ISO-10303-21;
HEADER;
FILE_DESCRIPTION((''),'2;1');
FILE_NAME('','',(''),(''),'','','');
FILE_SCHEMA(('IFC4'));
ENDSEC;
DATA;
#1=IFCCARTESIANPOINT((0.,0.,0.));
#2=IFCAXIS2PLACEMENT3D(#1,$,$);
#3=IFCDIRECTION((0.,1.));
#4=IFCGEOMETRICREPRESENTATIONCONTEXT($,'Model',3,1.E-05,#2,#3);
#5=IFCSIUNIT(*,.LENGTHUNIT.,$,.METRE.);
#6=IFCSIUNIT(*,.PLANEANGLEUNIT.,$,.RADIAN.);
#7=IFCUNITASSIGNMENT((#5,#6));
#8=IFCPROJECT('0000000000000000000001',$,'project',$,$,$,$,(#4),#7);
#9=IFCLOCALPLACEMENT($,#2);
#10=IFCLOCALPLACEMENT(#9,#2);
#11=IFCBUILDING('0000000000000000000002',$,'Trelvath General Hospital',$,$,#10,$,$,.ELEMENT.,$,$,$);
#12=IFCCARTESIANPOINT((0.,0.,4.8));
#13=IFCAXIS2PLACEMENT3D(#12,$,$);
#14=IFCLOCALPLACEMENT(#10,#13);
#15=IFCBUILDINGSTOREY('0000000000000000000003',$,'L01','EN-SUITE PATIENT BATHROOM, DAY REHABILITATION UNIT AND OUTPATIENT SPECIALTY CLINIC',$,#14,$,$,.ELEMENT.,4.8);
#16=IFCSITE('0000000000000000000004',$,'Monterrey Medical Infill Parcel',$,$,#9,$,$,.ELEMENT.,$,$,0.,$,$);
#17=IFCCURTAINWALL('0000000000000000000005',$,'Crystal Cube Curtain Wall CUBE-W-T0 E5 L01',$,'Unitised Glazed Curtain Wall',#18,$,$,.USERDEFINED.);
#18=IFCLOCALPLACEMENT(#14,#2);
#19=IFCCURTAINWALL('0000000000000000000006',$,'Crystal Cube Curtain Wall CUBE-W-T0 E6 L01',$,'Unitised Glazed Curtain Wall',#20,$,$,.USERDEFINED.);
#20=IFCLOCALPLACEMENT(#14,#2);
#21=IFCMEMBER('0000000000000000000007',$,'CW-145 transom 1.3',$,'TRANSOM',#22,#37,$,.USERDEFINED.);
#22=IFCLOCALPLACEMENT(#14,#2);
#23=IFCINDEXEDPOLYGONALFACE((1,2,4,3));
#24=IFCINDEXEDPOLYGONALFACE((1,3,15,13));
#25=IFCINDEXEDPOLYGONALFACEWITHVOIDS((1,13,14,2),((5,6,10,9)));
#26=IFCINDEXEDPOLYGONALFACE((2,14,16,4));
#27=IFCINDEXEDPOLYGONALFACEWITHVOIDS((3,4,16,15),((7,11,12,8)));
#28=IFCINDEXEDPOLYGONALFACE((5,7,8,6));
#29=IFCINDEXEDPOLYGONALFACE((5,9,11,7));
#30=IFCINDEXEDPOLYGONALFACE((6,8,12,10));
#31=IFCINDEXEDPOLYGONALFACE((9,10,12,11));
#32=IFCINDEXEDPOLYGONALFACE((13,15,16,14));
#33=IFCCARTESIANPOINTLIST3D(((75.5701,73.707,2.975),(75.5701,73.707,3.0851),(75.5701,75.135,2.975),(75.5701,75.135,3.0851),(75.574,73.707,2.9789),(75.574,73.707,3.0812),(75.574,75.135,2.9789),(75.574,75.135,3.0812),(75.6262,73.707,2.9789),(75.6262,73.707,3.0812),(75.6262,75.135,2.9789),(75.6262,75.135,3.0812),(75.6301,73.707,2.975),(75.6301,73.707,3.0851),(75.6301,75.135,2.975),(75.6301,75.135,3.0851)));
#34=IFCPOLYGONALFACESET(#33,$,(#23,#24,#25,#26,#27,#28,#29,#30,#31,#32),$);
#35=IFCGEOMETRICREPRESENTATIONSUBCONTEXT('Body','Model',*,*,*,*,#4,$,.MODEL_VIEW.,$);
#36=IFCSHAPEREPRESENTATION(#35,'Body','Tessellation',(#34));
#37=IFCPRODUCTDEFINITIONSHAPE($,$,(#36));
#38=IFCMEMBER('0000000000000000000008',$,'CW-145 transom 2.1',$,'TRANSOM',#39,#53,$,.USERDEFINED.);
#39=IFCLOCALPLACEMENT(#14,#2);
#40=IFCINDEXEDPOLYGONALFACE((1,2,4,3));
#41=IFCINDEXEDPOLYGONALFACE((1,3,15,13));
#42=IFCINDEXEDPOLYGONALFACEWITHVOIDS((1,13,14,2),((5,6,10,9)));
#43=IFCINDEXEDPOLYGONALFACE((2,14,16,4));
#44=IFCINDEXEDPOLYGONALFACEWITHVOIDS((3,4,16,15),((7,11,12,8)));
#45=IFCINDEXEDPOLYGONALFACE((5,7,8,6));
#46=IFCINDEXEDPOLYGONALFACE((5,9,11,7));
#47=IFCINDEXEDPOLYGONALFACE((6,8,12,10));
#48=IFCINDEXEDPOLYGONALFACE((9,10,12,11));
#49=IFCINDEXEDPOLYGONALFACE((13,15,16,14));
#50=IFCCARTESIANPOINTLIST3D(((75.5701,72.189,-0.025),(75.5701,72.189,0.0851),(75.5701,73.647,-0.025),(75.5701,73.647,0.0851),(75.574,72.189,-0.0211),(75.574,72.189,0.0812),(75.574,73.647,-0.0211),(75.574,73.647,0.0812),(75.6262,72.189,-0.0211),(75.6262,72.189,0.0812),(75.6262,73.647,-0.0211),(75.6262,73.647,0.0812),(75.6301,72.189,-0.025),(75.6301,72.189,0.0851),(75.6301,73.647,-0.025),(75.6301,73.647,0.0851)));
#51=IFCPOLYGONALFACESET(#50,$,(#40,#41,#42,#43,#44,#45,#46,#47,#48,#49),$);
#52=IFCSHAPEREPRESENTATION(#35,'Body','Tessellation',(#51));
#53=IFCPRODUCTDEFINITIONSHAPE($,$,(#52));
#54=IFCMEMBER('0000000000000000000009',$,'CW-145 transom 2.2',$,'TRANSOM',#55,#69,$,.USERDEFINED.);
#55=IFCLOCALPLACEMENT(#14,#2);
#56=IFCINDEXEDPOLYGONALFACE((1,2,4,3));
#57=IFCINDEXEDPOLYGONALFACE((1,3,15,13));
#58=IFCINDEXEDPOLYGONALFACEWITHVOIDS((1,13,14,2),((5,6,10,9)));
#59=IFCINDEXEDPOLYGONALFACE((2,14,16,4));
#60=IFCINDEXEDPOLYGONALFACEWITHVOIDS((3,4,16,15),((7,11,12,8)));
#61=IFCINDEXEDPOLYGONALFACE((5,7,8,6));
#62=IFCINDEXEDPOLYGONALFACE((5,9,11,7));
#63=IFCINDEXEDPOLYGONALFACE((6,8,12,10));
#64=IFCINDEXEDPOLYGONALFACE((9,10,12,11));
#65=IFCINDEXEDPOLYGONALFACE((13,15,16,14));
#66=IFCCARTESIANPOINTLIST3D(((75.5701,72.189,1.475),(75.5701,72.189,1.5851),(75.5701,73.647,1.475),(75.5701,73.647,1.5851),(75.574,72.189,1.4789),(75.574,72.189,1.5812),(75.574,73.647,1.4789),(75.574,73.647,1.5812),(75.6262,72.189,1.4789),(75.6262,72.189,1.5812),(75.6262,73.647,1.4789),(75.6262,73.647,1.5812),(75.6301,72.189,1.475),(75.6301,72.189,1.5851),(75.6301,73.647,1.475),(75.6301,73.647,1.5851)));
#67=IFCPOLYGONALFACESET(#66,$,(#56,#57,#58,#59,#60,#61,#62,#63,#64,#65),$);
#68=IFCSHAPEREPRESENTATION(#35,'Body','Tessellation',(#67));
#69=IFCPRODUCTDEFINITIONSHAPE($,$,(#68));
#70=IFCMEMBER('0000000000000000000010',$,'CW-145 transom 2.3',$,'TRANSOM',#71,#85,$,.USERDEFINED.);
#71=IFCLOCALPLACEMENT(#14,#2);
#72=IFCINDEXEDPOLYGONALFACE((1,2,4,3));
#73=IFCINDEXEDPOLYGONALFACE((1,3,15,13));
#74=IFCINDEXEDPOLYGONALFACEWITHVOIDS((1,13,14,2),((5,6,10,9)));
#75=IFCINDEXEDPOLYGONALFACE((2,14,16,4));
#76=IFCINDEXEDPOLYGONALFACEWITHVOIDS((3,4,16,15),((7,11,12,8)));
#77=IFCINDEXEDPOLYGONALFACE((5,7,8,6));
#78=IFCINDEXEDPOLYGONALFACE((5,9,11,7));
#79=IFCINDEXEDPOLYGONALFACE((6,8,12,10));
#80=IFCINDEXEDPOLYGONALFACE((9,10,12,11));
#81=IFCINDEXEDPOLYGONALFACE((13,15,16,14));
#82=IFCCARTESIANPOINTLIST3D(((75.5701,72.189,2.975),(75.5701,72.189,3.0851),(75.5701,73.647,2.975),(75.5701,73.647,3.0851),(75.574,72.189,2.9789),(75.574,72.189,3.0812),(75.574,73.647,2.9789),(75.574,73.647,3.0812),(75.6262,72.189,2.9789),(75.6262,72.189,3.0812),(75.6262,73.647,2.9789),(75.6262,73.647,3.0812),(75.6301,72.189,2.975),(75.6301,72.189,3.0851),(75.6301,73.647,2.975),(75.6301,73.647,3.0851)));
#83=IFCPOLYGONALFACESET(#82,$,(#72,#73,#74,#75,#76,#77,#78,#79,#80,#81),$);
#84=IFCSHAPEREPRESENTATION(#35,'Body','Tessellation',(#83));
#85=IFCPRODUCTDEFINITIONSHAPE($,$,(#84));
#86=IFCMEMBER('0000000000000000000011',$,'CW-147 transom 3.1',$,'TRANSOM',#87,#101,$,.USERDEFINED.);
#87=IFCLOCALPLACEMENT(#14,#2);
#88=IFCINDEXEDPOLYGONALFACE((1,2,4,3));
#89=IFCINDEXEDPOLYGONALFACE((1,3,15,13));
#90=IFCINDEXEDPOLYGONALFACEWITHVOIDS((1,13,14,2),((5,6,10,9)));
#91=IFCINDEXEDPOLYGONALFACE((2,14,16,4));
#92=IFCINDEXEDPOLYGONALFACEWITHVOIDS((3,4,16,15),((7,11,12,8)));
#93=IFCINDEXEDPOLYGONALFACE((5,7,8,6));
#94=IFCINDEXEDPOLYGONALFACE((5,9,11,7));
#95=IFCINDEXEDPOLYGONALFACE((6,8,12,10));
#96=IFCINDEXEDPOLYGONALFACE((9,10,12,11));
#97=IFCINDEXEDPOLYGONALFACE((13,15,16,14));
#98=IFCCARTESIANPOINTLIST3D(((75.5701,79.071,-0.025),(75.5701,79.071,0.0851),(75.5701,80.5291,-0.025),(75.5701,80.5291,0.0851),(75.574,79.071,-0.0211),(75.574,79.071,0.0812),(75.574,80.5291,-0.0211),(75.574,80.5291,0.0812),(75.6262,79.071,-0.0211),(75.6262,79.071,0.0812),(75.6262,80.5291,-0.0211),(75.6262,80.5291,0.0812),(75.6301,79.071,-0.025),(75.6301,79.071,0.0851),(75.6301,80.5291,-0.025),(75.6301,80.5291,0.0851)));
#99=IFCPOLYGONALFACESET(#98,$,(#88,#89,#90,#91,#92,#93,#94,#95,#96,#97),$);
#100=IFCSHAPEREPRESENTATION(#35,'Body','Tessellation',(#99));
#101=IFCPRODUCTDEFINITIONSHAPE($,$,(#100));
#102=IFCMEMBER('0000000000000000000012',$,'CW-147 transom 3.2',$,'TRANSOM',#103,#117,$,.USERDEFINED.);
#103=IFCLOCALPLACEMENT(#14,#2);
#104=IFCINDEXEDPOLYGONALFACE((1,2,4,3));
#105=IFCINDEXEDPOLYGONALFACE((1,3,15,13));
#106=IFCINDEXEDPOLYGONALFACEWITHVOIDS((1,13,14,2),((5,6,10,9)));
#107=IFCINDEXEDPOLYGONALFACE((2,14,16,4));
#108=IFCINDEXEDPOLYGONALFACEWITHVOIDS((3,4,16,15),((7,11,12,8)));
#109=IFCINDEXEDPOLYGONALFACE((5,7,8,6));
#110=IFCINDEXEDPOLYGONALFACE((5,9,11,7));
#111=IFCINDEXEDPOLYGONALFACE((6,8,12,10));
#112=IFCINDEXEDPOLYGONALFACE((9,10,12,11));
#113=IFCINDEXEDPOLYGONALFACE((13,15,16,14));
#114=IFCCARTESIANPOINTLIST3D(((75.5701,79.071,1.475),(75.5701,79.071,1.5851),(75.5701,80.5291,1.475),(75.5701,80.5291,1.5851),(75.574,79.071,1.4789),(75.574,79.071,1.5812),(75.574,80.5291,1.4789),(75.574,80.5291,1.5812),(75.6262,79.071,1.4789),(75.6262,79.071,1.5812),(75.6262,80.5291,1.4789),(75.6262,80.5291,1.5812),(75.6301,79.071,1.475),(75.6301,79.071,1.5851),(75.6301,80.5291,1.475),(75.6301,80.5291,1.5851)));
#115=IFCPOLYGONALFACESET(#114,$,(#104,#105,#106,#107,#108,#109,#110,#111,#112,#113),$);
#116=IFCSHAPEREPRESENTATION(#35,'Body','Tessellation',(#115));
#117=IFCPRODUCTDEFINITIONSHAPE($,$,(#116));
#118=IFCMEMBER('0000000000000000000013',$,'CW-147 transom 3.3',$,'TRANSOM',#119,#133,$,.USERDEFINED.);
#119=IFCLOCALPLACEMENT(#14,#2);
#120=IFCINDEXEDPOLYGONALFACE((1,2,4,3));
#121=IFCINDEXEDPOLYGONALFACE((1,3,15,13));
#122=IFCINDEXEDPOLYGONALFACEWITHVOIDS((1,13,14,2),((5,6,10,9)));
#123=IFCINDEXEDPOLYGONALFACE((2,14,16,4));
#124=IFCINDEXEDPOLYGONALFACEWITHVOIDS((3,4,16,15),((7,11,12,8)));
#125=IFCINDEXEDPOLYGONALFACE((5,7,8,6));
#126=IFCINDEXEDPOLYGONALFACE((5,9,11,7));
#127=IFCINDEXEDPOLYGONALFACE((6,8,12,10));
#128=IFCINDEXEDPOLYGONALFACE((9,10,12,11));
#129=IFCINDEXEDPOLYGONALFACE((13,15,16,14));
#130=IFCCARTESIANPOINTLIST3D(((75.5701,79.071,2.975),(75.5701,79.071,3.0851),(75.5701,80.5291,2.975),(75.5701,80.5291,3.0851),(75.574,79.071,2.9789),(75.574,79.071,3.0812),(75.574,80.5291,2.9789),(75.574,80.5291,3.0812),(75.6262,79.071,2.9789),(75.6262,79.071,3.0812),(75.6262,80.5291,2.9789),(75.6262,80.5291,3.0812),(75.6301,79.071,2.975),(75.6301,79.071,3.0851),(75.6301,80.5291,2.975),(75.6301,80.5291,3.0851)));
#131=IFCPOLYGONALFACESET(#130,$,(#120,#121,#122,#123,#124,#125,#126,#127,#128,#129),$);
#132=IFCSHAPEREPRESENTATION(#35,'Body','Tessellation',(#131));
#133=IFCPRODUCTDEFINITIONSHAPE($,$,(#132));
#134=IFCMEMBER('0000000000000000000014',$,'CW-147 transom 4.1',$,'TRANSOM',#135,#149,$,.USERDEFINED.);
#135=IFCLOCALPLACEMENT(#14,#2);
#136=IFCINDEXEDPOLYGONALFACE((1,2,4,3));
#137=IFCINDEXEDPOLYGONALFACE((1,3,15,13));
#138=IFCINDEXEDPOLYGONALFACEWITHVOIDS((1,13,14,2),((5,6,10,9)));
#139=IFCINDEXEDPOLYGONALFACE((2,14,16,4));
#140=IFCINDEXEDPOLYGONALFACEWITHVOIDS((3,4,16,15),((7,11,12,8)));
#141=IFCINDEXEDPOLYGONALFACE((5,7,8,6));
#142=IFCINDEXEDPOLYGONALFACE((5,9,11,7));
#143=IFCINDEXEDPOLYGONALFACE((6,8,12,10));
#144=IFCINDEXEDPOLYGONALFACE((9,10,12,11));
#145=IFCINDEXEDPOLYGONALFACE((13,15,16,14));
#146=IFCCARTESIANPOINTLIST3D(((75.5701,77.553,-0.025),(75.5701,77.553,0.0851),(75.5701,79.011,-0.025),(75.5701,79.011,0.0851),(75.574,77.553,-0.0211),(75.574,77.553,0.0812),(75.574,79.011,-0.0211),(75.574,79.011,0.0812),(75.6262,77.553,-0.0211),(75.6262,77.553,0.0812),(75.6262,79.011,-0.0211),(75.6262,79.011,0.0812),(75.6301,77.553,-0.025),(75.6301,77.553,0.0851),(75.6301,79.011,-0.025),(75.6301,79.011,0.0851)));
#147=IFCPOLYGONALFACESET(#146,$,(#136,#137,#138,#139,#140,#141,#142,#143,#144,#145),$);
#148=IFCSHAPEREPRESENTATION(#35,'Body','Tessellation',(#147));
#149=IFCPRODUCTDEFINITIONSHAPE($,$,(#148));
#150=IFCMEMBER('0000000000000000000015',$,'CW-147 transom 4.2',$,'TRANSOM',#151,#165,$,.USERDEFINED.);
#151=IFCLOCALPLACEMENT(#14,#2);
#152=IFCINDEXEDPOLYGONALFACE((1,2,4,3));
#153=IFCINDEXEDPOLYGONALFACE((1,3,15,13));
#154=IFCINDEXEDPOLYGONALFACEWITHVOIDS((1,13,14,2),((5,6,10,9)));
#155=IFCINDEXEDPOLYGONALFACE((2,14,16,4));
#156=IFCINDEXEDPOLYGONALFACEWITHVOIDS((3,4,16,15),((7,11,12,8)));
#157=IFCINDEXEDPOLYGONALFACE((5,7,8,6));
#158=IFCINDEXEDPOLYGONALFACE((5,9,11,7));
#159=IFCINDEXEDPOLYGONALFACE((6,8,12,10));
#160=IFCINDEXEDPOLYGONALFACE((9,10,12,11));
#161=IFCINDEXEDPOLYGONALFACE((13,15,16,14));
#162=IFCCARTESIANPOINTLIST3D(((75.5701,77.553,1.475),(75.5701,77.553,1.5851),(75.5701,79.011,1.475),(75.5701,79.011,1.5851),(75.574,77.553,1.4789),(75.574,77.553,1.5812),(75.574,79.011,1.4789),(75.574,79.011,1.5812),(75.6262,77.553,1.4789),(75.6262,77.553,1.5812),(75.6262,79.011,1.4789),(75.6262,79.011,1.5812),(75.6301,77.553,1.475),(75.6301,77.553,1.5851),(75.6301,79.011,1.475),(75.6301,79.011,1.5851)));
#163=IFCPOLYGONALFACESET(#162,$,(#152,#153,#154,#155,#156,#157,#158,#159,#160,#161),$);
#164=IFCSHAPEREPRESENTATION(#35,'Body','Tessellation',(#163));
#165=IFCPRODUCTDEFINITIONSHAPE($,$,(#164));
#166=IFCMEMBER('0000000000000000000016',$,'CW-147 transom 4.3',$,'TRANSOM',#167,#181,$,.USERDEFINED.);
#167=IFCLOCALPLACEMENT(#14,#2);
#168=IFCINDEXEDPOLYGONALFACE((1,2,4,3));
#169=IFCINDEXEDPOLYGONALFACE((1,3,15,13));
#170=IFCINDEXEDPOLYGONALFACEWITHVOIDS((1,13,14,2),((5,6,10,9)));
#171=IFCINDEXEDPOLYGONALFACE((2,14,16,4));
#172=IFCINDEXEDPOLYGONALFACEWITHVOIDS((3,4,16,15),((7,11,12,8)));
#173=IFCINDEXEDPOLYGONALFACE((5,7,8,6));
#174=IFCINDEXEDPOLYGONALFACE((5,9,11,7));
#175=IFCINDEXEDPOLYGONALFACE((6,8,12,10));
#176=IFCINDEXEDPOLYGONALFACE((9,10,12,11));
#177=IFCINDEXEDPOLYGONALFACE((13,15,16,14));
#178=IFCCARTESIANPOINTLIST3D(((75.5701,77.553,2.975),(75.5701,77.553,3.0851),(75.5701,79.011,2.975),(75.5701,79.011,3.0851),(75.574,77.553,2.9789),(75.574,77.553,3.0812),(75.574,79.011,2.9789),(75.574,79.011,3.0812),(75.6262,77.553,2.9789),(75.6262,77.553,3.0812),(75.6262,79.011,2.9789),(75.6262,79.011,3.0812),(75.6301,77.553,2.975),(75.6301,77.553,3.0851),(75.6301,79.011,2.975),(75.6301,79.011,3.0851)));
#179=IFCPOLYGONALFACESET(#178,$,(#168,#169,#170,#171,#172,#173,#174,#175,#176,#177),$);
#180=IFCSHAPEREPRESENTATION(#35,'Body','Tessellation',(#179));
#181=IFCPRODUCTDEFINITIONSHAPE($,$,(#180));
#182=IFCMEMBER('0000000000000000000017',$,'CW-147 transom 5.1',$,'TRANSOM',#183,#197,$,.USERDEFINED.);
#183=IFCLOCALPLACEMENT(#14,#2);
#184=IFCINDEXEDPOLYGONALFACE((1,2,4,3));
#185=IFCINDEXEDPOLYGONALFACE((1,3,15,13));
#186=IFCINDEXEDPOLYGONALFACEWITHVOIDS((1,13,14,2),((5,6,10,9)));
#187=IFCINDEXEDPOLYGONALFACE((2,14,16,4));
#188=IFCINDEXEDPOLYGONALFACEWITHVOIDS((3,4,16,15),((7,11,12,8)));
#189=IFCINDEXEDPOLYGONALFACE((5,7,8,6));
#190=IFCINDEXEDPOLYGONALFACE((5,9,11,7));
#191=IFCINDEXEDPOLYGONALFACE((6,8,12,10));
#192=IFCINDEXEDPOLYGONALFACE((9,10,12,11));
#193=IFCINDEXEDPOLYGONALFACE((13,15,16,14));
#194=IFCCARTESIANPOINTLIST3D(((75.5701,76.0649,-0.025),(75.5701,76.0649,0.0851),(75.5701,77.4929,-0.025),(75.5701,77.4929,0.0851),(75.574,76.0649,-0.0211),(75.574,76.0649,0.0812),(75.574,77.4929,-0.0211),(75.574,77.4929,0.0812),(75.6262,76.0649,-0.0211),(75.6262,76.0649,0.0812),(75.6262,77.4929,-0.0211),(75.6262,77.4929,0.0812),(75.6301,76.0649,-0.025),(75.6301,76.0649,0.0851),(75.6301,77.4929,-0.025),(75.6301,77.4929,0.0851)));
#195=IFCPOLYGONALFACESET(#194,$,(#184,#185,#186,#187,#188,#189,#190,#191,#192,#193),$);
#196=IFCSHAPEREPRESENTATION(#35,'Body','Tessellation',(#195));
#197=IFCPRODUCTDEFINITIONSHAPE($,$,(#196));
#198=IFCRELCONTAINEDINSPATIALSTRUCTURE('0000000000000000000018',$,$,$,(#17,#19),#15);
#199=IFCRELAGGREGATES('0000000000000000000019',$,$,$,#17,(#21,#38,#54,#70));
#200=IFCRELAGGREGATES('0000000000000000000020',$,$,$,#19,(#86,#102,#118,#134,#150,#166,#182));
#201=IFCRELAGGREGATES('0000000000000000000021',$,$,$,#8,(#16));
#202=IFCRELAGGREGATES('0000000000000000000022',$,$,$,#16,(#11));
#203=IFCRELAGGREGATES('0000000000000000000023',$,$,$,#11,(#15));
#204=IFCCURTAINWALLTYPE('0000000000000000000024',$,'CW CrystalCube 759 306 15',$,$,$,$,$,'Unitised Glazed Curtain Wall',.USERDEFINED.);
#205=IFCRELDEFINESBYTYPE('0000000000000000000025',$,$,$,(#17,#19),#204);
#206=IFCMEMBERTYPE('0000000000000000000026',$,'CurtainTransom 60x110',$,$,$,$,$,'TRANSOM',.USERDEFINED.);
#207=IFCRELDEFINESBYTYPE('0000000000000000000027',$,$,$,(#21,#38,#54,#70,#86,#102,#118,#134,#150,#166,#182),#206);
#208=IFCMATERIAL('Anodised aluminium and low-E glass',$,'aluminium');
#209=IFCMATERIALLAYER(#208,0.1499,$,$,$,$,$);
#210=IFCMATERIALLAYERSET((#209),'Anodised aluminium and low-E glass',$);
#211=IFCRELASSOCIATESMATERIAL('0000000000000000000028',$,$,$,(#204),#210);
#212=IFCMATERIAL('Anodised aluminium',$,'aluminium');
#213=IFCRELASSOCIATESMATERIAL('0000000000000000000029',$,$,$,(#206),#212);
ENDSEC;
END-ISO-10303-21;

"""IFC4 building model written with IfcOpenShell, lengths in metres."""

from ifc_helpers import new_model, si_unit, direction, frame, origin, origin_2d, place, context, subcontext, project, spatial, hollow_rectangle, extrude, material, layer, layer_set, material_profile, profile_set, type_object, element, aggregate, save


model = new_model("IFC4")

# Units and contexts
model_context = context("Model", 3, precision=1e-05, world=origin(), true_north=direction((0.0, 1.0)))
body_context = subcontext(model_context, "Body", "Model", "MODEL_VIEW")
ifc_project = project(units=[si_unit("LENGTHUNIT", "METRE"), si_unit("PLANEANGLEUNIT", "RADIAN")], contexts=[model_context])

# Site, building, storey
site_placement = place(None, origin())
site = spatial("IfcSite", under=ifc_project, at=site_placement, Name="Monterrey Medical Infill Parcel", CompositionType="ELEMENT", RefElevation=0.0)
building_placement = place(site_placement, origin())
building = spatial("IfcBuilding", under=site, at=building_placement, Name="Trelvath General Hospital", CompositionType="ELEMENT")
storey_placement = place(building_placement, frame((0.0, 0.0, 4.8)))
storey = spatial("IfcBuildingStorey", under=building, at=storey_placement, Name="L01", Description="EN-SUITE PATIENT BATHROOM, DAY REHABILITATION UNIT AND OUTPATIENT SPECIALTY CLINIC", CompositionType="ELEMENT", Elevation=4.8)

# Curtain walls
ifc_material_1 = material(Name="Anodised aluminium and low-E glass", Category="aluminium")
ifc_layer_1 = layer(ifc_material_1, 0.1499)
ifc_layer_set_1 = layer_set([ifc_layer_1], Name="Anodised aluminium and low-E glass")
curtain_wall_type = type_object("IfcCurtainWallType", Name="CW CrystalCube 759 306 15", ElementType="Unitised Glazed Curtain Wall", PredefinedType="USERDEFINED", material=ifc_layer_set_1)
curtain_wall_1_placement = place(storey_placement, origin())
curtain_wall_1 = element("IfcCurtainWall", 1, at=curtain_wall_1_placement, inside=storey, type_object=curtain_wall_type, Name="Crystal Cube Curtain Wall CUBE-W-T0 E5 L01", ObjectType="Unitised Glazed Curtain Wall", PredefinedType="USERDEFINED")
curtain_wall_2_placement = place(storey_placement, origin())
curtain_wall_2 = element("IfcCurtainWall", 2, at=curtain_wall_2_placement, inside=storey, type_object=curtain_wall_type, Name="Crystal Cube Curtain Wall CUBE-W-T0 E6 L01", ObjectType="Unitised Glazed Curtain Wall", PredefinedType="USERDEFINED")

# Members
ifc_material_2 = material(Name="Anodised aluminium", Category="aluminium")
ifc_material_profile_1 = material_profile(ifc_material_2, hollow_rectangle(XDim=0.0601, YDim=0.1101, WallThickness=0.0039, at=origin_2d()), Name="RHS60x110x4")
ifc_profile_set_1 = profile_set([ifc_material_profile_1], Name="Anodised aluminium")
member_type_1 = type_object("IfcMemberType", Name="CurtainTransom 60x110", ElementType="TRANSOM", PredefinedType="USERDEFINED", material=ifc_profile_set_1)
member_1_placement = place(storey_placement, frame((75.6001, 75.135, 3.03), z_axis=(0.0, -1.0, 0.0), x_axis=(1.0, 0.0, 0.0)))
member_1 = element("IfcMember", 3, at=member_1_placement, type_object=member_type_1, Name="CW-145 transom 1.3", ObjectType="TRANSOM", PredefinedType="USERDEFINED", context=body_context, shape_type="SweptSolid", body=[
    extrude(hollow_rectangle(XDim=0.0601, YDim=0.1101, WallThickness=0.0039, at=origin_2d()), origin(), (0.0, 0.0, 1.0), 1.428),
])
member_2_placement = place(storey_placement, frame((75.6001, 73.647, 0.03), z_axis=(0.0, -1.0, 0.0), x_axis=(1.0, 0.0, 0.0)))
member_2 = element("IfcMember", 4, at=member_2_placement, type_object=member_type_1, Name="CW-145 transom 2.1", ObjectType="TRANSOM", PredefinedType="USERDEFINED", context=body_context, shape_type="SweptSolid", body=[
    extrude(hollow_rectangle(XDim=0.0601, YDim=0.1101, WallThickness=0.0039, at=origin_2d()), origin(), (0.0, 0.0, 1.0), 1.458),
])
member_3_placement = place(storey_placement, frame((75.6001, 73.647, 1.53), z_axis=(0.0, -1.0, 0.0), x_axis=(1.0, 0.0, 0.0)))
member_3 = element("IfcMember", 5, at=member_3_placement, type_object=member_type_1, Name="CW-145 transom 2.2", ObjectType="TRANSOM", PredefinedType="USERDEFINED", context=body_context, shape_type="SweptSolid", body=[
    extrude(hollow_rectangle(XDim=0.0601, YDim=0.1101, WallThickness=0.0039, at=origin_2d()), origin(), (0.0, 0.0, 1.0), 1.458),
])
member_4_placement = place(storey_placement, frame((75.6001, 73.647, 3.03), z_axis=(0.0, -1.0, 0.0), x_axis=(1.0, 0.0, 0.0)))
member_4 = element("IfcMember", 6, at=member_4_placement, type_object=member_type_1, Name="CW-145 transom 2.3", ObjectType="TRANSOM", PredefinedType="USERDEFINED", context=body_context, shape_type="SweptSolid", body=[
    extrude(hollow_rectangle(XDim=0.0601, YDim=0.1101, WallThickness=0.0039, at=origin_2d()), origin(), (0.0, 0.0, 1.0), 1.458),
])
member_5_placement = place(storey_placement, frame((75.6001, 80.5291, 0.03), z_axis=(0.0, -1.0, 0.0), x_axis=(1.0, 0.0, 0.0)))
member_5 = element("IfcMember", 7, at=member_5_placement, type_object=member_type_1, Name="CW-147 transom 3.1", ObjectType="TRANSOM", PredefinedType="USERDEFINED", context=body_context, shape_type="SweptSolid", body=[
    extrude(hollow_rectangle(XDim=0.0601, YDim=0.1101, WallThickness=0.0039, at=origin_2d()), origin(), (0.0, 0.0, 1.0), 1.458),
])
member_6_placement = place(storey_placement, frame((75.6001, 80.5291, 1.53), z_axis=(0.0, -1.0, 0.0), x_axis=(1.0, 0.0, 0.0)))
member_6 = element("IfcMember", 8, at=member_6_placement, type_object=member_type_1, Name="CW-147 transom 3.2", ObjectType="TRANSOM", PredefinedType="USERDEFINED", context=body_context, shape_type="SweptSolid", body=[
    extrude(hollow_rectangle(XDim=0.0601, YDim=0.1101, WallThickness=0.0039, at=origin_2d()), origin(), (0.0, 0.0, 1.0), 1.458),
])
member_7_placement = place(storey_placement, frame((75.6001, 80.5291, 3.03), z_axis=(0.0, -1.0, 0.0), x_axis=(1.0, 0.0, 0.0)))
member_7 = element("IfcMember", 9, at=member_7_placement, type_object=member_type_1, Name="CW-147 transom 3.3", ObjectType="TRANSOM", PredefinedType="USERDEFINED", context=body_context, shape_type="SweptSolid", body=[
    extrude(hollow_rectangle(XDim=0.0601, YDim=0.1101, WallThickness=0.0039, at=origin_2d()), origin(), (0.0, 0.0, 1.0), 1.458),
])
member_8_placement = place(storey_placement, frame((75.6001, 79.011, 0.03), z_axis=(0.0, -1.0, 0.0), x_axis=(1.0, 0.0, 0.0)))
member_8 = element("IfcMember", 10, at=member_8_placement, type_object=member_type_1, Name="CW-147 transom 4.1", ObjectType="TRANSOM", PredefinedType="USERDEFINED", context=body_context, shape_type="SweptSolid", body=[
    extrude(hollow_rectangle(XDim=0.0601, YDim=0.1101, WallThickness=0.0039, at=origin_2d()), origin(), (0.0, 0.0, 1.0), 1.458),
])
member_9_placement = place(storey_placement, frame((75.6001, 79.011, 1.53), z_axis=(0.0, -1.0, 0.0), x_axis=(1.0, 0.0, 0.0)))
member_9 = element("IfcMember", 11, at=member_9_placement, type_object=member_type_1, Name="CW-147 transom 4.2", ObjectType="TRANSOM", PredefinedType="USERDEFINED", context=body_context, shape_type="SweptSolid", body=[
    extrude(hollow_rectangle(XDim=0.0601, YDim=0.1101, WallThickness=0.0039, at=origin_2d()), origin(), (0.0, 0.0, 1.0), 1.458),
])
member_10_placement = place(storey_placement, frame((75.6001, 79.011, 3.03), z_axis=(0.0, -1.0, 0.0), x_axis=(1.0, 0.0, 0.0)))
member_10 = element("IfcMember", 12, at=member_10_placement, type_object=member_type_1, Name="CW-147 transom 4.3", ObjectType="TRANSOM", PredefinedType="USERDEFINED", context=body_context, shape_type="SweptSolid", body=[
    extrude(hollow_rectangle(XDim=0.0601, YDim=0.1101, WallThickness=0.0039, at=origin_2d()), origin(), (0.0, 0.0, 1.0), 1.458),
])
member_11_placement = place(storey_placement, frame((75.6001, 77.4929, 0.03), z_axis=(0.0, -1.0, 0.0), x_axis=(1.0, 0.0, 0.0)))
member_11 = element("IfcMember", 13, at=member_11_placement, type_object=member_type_1, Name="CW-147 transom 5.1", ObjectType="TRANSOM", PredefinedType="USERDEFINED", context=body_context, shape_type="SweptSolid", body=[
    extrude(hollow_rectangle(XDim=0.0601, YDim=0.1101, WallThickness=0.0039, at=origin_2d()), origin(), (0.0, 0.0, 1.0), 1.428),
])

aggregate(curtain_wall_1, [member_1, member_2, member_3, member_4])
aggregate(curtain_wall_2, [member_5, member_6, member_7, member_8, member_9, member_10, member_11])

save(model, "model.ifc")
